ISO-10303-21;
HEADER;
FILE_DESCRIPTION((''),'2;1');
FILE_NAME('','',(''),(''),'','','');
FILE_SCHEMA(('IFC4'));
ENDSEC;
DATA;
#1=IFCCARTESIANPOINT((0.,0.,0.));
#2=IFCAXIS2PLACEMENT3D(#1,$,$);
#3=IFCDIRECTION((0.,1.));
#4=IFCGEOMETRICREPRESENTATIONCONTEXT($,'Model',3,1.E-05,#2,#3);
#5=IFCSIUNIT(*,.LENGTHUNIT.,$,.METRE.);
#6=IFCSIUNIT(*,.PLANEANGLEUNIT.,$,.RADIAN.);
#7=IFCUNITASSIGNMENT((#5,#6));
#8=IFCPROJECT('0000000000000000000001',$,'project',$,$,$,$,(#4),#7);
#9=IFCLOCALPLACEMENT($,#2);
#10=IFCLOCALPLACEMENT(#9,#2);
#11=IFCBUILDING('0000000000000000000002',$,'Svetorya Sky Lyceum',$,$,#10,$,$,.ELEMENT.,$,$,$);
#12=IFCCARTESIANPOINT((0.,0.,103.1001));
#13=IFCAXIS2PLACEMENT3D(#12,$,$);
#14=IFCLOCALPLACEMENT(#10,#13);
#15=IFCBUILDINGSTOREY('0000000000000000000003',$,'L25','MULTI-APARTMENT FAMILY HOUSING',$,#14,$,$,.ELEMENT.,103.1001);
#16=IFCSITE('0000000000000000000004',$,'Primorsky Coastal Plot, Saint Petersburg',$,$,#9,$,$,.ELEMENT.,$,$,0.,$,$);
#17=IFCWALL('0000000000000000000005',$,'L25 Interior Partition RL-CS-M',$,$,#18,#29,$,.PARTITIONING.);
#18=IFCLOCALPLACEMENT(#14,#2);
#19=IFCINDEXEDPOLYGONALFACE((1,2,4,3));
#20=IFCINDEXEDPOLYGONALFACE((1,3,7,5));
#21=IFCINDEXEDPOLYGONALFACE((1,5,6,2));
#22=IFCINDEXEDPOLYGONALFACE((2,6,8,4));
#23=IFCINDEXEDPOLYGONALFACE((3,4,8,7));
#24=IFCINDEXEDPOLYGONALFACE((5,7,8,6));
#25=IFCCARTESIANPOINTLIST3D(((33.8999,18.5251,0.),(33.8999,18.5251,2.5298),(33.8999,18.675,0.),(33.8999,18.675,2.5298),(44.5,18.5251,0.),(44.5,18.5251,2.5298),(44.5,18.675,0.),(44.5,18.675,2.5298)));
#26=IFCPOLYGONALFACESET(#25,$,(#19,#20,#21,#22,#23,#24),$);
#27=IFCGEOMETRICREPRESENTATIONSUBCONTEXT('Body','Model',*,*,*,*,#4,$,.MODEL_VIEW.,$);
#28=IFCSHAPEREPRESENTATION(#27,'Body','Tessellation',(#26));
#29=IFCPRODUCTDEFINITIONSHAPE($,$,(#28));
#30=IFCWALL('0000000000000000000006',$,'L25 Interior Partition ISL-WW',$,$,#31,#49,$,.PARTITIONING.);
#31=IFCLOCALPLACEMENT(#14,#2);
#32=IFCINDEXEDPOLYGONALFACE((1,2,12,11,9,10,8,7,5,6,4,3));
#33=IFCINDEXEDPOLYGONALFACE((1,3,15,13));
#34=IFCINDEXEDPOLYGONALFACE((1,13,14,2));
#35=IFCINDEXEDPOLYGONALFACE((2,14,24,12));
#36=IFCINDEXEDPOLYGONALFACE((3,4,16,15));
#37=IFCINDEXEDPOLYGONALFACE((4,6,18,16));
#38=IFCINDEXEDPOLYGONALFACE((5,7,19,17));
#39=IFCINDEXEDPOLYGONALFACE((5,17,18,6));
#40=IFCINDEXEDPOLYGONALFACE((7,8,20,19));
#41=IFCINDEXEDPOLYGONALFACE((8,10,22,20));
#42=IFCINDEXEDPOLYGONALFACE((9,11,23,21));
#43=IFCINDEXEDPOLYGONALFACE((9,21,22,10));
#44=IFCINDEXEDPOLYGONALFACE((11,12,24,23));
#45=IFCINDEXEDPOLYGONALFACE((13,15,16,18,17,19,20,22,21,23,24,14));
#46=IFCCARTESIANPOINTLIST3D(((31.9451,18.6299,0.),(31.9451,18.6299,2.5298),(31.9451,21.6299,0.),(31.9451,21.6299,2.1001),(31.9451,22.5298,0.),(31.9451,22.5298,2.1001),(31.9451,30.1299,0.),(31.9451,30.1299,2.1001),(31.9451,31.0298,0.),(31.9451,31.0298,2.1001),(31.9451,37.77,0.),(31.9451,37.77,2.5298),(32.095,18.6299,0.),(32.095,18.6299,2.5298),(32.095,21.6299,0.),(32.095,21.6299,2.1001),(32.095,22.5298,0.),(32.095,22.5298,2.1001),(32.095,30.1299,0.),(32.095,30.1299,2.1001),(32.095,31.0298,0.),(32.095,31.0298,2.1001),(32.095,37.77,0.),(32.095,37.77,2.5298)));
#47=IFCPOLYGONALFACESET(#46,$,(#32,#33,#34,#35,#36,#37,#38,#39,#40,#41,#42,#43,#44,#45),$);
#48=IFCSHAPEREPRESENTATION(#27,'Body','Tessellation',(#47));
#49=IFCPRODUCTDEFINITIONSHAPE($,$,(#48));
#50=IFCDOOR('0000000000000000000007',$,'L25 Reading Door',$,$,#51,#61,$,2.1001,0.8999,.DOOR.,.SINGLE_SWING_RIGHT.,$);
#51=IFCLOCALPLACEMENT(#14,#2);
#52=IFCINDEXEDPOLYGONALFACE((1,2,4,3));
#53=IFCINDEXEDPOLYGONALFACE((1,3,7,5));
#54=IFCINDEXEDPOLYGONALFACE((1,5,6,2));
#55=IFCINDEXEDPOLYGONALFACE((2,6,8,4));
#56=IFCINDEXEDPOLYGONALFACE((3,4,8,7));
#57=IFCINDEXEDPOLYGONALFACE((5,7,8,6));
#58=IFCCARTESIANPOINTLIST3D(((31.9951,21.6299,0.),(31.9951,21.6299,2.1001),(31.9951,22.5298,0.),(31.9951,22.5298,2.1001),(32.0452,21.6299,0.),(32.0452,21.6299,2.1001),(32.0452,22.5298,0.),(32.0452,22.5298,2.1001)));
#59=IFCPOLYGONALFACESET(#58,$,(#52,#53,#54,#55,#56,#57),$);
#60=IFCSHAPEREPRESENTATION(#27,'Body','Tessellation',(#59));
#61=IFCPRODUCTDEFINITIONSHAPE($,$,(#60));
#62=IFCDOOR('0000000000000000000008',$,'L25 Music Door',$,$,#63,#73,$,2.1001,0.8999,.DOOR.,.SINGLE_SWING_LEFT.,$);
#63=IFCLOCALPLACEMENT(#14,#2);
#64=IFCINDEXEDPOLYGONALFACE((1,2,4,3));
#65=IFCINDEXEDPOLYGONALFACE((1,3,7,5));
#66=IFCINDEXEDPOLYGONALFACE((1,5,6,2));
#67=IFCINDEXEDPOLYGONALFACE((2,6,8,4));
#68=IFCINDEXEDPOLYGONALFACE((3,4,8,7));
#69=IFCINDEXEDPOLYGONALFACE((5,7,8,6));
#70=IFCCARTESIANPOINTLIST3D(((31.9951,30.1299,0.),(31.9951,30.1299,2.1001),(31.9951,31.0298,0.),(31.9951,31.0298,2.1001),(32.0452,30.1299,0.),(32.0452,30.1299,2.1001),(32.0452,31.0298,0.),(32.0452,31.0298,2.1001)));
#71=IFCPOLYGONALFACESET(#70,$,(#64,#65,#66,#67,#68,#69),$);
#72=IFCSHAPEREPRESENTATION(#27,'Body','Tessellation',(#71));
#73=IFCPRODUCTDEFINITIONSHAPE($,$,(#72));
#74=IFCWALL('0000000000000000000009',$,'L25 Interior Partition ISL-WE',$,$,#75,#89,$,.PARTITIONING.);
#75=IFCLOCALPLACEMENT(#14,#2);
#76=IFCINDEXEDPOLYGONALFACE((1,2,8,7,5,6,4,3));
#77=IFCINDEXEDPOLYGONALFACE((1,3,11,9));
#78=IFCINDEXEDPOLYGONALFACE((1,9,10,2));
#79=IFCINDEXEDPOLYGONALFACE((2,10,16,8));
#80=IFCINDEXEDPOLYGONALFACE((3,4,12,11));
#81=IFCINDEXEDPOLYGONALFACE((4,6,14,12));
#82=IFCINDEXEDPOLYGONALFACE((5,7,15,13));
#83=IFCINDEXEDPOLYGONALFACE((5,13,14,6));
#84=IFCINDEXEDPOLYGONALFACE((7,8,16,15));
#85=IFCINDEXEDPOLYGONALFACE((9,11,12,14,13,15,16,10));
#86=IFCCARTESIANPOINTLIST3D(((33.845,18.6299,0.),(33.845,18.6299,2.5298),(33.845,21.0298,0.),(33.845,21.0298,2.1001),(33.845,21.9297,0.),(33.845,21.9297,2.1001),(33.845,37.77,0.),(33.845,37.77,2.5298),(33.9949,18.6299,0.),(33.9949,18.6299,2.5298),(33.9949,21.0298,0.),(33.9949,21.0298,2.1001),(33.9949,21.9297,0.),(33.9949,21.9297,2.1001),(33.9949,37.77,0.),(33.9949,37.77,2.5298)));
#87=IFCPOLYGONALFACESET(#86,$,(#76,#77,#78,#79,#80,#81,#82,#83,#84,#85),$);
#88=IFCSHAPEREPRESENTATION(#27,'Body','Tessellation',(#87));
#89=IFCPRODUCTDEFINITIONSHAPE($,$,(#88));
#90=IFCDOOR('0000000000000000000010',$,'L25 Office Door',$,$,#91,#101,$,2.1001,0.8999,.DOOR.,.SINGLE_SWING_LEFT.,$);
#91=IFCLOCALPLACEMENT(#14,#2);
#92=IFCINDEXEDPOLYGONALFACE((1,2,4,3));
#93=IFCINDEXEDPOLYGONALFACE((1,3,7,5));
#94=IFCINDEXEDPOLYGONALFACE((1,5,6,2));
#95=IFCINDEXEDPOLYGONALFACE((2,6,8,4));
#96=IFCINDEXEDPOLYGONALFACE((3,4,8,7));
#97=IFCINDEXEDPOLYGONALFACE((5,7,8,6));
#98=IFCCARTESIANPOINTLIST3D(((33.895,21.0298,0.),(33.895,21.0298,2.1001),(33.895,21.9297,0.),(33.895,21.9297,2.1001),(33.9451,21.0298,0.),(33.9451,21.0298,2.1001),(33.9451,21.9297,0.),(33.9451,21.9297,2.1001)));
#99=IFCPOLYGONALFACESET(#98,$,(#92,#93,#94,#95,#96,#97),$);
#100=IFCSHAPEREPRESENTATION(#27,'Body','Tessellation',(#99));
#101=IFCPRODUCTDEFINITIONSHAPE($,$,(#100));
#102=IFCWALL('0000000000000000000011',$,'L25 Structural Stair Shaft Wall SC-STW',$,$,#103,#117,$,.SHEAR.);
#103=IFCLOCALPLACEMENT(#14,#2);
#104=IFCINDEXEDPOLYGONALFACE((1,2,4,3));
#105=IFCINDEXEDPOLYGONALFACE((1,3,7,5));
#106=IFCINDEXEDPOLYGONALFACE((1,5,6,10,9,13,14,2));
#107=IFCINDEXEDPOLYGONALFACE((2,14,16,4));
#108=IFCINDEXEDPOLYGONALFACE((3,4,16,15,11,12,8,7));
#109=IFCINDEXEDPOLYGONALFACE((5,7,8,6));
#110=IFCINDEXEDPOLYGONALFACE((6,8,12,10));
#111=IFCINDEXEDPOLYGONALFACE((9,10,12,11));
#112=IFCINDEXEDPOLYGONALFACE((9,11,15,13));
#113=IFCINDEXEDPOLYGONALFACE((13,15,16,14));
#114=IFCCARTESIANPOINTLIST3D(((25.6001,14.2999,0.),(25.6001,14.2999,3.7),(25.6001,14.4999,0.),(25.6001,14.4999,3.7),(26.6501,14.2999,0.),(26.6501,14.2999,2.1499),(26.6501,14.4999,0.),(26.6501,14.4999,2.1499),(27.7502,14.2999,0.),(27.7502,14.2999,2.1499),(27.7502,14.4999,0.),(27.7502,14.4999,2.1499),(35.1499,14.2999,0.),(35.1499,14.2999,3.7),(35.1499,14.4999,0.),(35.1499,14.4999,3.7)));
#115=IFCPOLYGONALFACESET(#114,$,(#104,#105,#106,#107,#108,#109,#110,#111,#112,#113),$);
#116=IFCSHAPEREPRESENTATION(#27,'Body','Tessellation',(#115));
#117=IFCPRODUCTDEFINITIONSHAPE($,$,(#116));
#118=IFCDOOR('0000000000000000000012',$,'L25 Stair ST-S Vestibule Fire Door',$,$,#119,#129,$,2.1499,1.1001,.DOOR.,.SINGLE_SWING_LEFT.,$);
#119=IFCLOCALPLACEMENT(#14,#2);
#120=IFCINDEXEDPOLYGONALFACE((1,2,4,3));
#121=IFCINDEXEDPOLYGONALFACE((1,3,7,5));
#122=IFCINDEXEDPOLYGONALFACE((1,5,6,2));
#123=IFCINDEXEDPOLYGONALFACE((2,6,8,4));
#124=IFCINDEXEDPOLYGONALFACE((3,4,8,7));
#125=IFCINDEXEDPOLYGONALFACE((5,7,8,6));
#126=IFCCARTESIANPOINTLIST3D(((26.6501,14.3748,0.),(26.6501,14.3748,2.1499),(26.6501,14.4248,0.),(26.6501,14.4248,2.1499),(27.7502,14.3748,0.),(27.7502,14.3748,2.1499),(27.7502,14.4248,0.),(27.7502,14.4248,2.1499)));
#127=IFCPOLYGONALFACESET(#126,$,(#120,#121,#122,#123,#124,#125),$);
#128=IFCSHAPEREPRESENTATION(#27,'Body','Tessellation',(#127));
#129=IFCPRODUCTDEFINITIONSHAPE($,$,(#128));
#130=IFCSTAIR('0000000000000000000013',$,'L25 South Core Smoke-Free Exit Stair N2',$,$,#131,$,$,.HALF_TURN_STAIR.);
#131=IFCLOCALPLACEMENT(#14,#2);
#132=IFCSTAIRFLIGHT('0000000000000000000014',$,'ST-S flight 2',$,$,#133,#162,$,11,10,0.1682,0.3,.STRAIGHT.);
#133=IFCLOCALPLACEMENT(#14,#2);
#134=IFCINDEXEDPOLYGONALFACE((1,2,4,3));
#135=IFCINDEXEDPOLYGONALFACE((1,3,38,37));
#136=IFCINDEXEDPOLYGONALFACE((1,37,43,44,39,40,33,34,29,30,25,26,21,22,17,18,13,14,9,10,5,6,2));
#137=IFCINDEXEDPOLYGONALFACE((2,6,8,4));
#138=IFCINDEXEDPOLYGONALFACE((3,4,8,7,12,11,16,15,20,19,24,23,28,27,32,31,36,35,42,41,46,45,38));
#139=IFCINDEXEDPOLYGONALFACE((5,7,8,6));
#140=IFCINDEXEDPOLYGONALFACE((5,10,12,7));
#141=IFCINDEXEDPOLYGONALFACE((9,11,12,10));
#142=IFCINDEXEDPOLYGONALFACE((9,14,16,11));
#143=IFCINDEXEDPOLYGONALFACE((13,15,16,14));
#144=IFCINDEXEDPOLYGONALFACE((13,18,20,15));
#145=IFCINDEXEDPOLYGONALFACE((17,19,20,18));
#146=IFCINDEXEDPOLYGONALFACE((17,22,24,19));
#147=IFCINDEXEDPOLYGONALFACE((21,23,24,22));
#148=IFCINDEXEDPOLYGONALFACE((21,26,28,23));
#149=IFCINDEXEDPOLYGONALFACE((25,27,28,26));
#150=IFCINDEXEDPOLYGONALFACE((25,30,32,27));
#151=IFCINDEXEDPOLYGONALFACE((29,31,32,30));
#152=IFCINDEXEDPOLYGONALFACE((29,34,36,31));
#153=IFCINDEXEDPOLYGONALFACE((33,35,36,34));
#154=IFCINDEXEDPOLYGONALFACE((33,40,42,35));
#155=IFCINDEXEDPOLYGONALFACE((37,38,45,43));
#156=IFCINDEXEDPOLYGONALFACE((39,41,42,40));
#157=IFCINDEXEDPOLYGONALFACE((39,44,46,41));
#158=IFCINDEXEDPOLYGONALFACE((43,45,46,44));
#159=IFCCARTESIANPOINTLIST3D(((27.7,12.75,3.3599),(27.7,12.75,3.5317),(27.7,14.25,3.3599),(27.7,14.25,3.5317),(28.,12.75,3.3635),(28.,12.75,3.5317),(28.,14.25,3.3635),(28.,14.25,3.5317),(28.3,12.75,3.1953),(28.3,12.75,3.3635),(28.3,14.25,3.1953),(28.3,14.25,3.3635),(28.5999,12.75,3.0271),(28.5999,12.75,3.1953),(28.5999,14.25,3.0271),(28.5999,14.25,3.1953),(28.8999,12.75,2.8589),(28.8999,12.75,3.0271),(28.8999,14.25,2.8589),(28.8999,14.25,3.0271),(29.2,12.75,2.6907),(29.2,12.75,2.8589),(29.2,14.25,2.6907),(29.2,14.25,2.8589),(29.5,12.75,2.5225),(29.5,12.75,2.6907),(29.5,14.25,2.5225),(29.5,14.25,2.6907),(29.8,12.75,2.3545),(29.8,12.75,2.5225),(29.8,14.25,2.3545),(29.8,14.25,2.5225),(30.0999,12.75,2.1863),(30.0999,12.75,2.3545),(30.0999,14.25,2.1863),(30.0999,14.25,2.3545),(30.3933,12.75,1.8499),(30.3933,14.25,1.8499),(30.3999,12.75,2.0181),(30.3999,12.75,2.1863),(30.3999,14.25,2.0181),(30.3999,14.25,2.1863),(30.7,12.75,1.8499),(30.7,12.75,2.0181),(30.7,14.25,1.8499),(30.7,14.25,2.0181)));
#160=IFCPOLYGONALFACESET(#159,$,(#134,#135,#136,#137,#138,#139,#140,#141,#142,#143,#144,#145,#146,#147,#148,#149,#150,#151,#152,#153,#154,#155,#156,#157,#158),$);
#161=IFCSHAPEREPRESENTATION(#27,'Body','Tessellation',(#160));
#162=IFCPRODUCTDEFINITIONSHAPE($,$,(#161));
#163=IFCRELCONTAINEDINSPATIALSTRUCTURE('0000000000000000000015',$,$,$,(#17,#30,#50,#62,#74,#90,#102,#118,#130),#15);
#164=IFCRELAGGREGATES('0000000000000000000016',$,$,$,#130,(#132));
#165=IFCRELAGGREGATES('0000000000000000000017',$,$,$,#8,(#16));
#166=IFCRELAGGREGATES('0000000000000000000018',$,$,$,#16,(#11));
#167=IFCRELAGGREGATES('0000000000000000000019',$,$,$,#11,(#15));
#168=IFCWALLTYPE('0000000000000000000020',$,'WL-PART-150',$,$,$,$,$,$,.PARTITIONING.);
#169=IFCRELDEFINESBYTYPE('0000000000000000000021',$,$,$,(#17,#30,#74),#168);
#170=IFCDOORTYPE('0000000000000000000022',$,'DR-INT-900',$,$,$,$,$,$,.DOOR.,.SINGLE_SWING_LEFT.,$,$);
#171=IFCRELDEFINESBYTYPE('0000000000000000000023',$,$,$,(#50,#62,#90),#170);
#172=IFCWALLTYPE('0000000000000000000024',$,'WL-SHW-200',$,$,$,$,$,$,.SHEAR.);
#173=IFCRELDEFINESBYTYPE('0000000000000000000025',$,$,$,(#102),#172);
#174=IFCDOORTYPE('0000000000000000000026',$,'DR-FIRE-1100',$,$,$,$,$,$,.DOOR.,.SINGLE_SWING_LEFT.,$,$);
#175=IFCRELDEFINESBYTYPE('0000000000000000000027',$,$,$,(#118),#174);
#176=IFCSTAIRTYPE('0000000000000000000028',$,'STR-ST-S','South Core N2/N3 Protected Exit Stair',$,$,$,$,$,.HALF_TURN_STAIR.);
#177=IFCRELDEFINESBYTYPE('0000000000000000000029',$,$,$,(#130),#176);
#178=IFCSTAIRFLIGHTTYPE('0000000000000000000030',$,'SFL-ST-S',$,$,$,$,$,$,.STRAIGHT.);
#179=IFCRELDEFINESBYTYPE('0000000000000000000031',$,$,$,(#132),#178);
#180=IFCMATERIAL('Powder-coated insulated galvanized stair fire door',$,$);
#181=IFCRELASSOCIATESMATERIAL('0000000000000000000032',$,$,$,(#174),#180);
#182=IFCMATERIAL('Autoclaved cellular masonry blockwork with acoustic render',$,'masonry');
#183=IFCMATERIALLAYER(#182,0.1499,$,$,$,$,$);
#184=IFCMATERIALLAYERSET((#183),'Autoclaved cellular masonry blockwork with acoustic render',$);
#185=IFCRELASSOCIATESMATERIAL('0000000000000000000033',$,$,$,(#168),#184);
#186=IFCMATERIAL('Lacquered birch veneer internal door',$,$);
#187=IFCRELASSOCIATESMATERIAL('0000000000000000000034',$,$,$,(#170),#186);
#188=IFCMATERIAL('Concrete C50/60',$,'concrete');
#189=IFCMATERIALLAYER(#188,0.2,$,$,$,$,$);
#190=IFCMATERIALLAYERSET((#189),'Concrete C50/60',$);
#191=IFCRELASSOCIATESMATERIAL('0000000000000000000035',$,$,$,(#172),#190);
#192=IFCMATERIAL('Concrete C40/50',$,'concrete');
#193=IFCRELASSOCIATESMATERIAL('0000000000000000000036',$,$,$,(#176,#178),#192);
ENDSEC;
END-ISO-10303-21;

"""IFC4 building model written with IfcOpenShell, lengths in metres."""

from ifc_helpers import new_model, si_unit, direction, frame, frame_2d, origin, place, context, subcontext, project, spatial, polyline, rectangle, outline, extrude, material, layer, layer_set, type_object, element, fill, aggregate, save


model = new_model("IFC4")

# Units and contexts
model_context = context("Model", 3, precision=1e-05, world=origin(), true_north=direction((0.0, 1.0)))
body_context = subcontext(model_context, "Body", "Model", "MODEL_VIEW")
ifc_project = project(units=[si_unit("LENGTHUNIT", "METRE"), si_unit("PLANEANGLEUNIT", "RADIAN")], contexts=[model_context])

# Site, building, storey
site_placement = place(None, origin())
site = spatial("IfcSite", under=ifc_project, at=site_placement, Name="Primorsky Coastal Plot, Saint Petersburg", CompositionType="ELEMENT", RefElevation=0.0)
building_placement = place(site_placement, origin())
building = spatial("IfcBuilding", under=site, at=building_placement, Name="Svetorya Sky Lyceum", CompositionType="ELEMENT")
storey_placement = place(building_placement, frame((0.0, 0.0, 103.1001)))
storey = spatial("IfcBuildingStorey", under=building, at=storey_placement, Name="L25", Description="MULTI-APARTMENT FAMILY HOUSING", CompositionType="ELEMENT", Elevation=103.1001)

# Shared definitions
ifc_material_1 = material(Name="Concrete C50/60", Category="concrete")

# Shared definitions
ifc_material_2 = material(Name="Powder-coated insulated galvanized stair fire door")
door_type_1 = type_object("IfcDoorType", Name="DR-FIRE-1100", OperationType="SINGLE_SWING_LEFT", PredefinedType="DOOR", material=ifc_material_2)

# Shared definitions
ifc_material_3 = material(Name="Autoclaved cellular masonry blockwork with acoustic render", Category="masonry")
ifc_layer_1 = layer(ifc_material_3, 0.1499)
ifc_layer_set_1 = layer_set([ifc_layer_1], Name="Autoclaved cellular masonry blockwork with acoustic render")
wall_type_1 = type_object("IfcWallType", Name="WL-PART-150", PredefinedType="PARTITIONING", material=ifc_layer_set_1)

# Wall
wall_1_placement = place(storey_placement, frame((33.8999, 18.6001, 0.0), z_axis=(0.0, 0.0, 1.0), x_axis=(1.0, 0.0, 0.0)))
element("IfcWall", 1, at=wall_1_placement, inside=storey, type_object=wall_type_1, Name="L25 Interior Partition RL-CS-M", PredefinedType="PARTITIONING", context=body_context, shape_type="SweptSolid", body=[
    extrude(rectangle(XDim=10.6001, YDim=0.1499, at=frame_2d((5.3, 0.0))), origin(), (0.0, 0.0, 1.0), 2.5298),
])

# Wall, openings, doors
wall_2_placement = place(storey_placement, frame((32.02, 18.6299, 0.0), z_axis=(0.0, 0.0, 1.0), x_axis=(0.0, 1.0, 0.0)))
wall_2 = element("IfcWall", 2, at=wall_2_placement, inside=storey, type_object=wall_type_1, Name="L25 Interior Partition ISL-WW", PredefinedType="PARTITIONING", context=body_context, shape_type="SweptSolid", body=[
    extrude(rectangle(XDim=19.1401, YDim=0.1499, at=frame_2d((9.5701, 0.0))), origin(), (0.0, 0.0, 1.0), 2.5298),
])
opening_1_placement = place(wall_2_placement, frame((3.0, 0.0, 0.0)))
opening_1 = element("IfcOpeningElement", 3, at=opening_1_placement, cuts=wall_2, PredefinedType="OPENING", context=body_context, shape_type="SweptSolid", body=[
    extrude(rectangle(XDim=0.8999, YDim=2.1001, at=frame_2d((0.45, 1.05))), frame((0.0, 0.085, 0.0), z_axis=(0.0, -1.0, 0.0), x_axis=(1.0, 0.0, 0.0)), (0.0, 0.0, 1.0), 0.1699),
])
opening_2_placement = place(wall_2_placement, frame((11.5, 0.0, 0.0)))
opening_2 = element("IfcOpeningElement", 4, at=opening_2_placement, cuts=wall_2, PredefinedType="OPENING", context=body_context, shape_type="SweptSolid", body=[
    extrude(rectangle(XDim=0.8999, YDim=2.1001, at=frame_2d((0.45, 1.05))), frame((0.0, 0.085, 0.0), z_axis=(0.0, -1.0, 0.0), x_axis=(1.0, 0.0, 0.0)), (0.0, 0.0, 1.0), 0.1699),
])
ifc_material_4 = material(Name="Lacquered birch veneer internal door")
door_type_2 = type_object("IfcDoorType", Name="DR-INT-900", OperationType="SINGLE_SWING_LEFT", PredefinedType="DOOR", material=ifc_material_4)
door_1_placement = place(opening_1_placement, origin())
door_1 = element("IfcDoor", 5, at=door_1_placement, inside=storey, type_object=door_type_2, Name="L25 Reading Door", OperationType="SINGLE_SWING_RIGHT", OverallHeight=2.1001, OverallWidth=0.8999, PredefinedType="DOOR", context=body_context, shape_type="SweptSolid", body=[
    extrude(rectangle(XDim=0.8999, YDim=2.1001, at=frame_2d((0.45, 1.05))), frame((0.0, 0.0249, 0.0), z_axis=(0.0, -1.0, 0.0), x_axis=(1.0, 0.0, 0.0)), (0.0, 0.0, 1.0), 0.05),
])
fill(opening_1, door_1)
door_2_placement = place(opening_2_placement, origin())
door_2 = element("IfcDoor", 6, at=door_2_placement, inside=storey, type_object=door_type_2, Name="L25 Music Door", OperationType="SINGLE_SWING_LEFT", OverallHeight=2.1001, OverallWidth=0.8999, PredefinedType="DOOR", context=body_context, shape_type="SweptSolid", body=[
    extrude(rectangle(XDim=0.8999, YDim=2.1001, at=frame_2d((0.45, 1.05))), frame((0.0, 0.0249, 0.0), z_axis=(0.0, -1.0, 0.0), x_axis=(1.0, 0.0, 0.0)), (0.0, 0.0, 1.0), 0.05),
])
fill(opening_2, door_2)

# Walls, openings, doors
wall_3_placement = place(storey_placement, frame((33.9199, 18.6299, 0.0), z_axis=(0.0, 0.0, 1.0), x_axis=(0.0, 1.0, 0.0)))
wall_3 = element("IfcWall", 7, at=wall_3_placement, inside=storey, type_object=wall_type_1, Name="L25 Interior Partition ISL-WE", PredefinedType="PARTITIONING", context=body_context, shape_type="SweptSolid", body=[
    extrude(rectangle(XDim=19.1401, YDim=0.1499, at=frame_2d((9.5701, 0.0))), origin(), (0.0, 0.0, 1.0), 2.5298),
])
opening_3_placement = place(wall_3_placement, frame((2.3999, 0.0, 0.0)))
opening_3 = element("IfcOpeningElement", 8, at=opening_3_placement, cuts=wall_3, PredefinedType="OPENING", context=body_context, shape_type="SweptSolid", body=[
    extrude(rectangle(XDim=0.8999, YDim=2.1001, at=frame_2d((0.45, 1.05))), frame((0.0, 0.085, 0.0), z_axis=(0.0, -1.0, 0.0), x_axis=(1.0, 0.0, 0.0)), (0.0, 0.0, 1.0), 0.1699),
])
door_3_placement = place(opening_3_placement, origin())
door_3 = element("IfcDoor", 9, at=door_3_placement, inside=storey, type_object=door_type_2, Name="L25 Office Door", OperationType="SINGLE_SWING_LEFT", OverallHeight=2.1001, OverallWidth=0.8999, PredefinedType="DOOR", context=body_context, shape_type="SweptSolid", body=[
    extrude(rectangle(XDim=0.8999, YDim=2.1001, at=frame_2d((0.45, 1.05))), frame((0.0, 0.0249, 0.0), z_axis=(0.0, -1.0, 0.0), x_axis=(1.0, 0.0, 0.0)), (0.0, 0.0, 1.0), 0.05),
])
fill(opening_3, door_3)
ifc_layer_2 = layer(ifc_material_1, 0.2)
ifc_layer_set_2 = layer_set([ifc_layer_2], Name="Concrete C50/60")
wall_type_2 = type_object("IfcWallType", Name="WL-SHW-200", PredefinedType="SHEAR", material=ifc_layer_set_2)
wall_4_placement = place(storey_placement, frame((25.6001, 14.3999, 0.0), z_axis=(0.0, 0.0, 1.0), x_axis=(1.0, 0.0, 0.0)))
wall_4 = element("IfcWall", 10, at=wall_4_placement, inside=storey, type_object=wall_type_2, Name="L25 Structural Stair Shaft Wall SC-STW", PredefinedType="SHEAR", context=body_context, shape_type="SweptSolid", body=[
    extrude(rectangle(XDim=9.5498, YDim=0.2, at=frame_2d((4.7749, 0.0))), origin(), (0.0, 0.0, 1.0), 3.7),
])
opening_4_placement = place(wall_4_placement, frame((1.05, 0.0, 0.0)))
opening_4 = element("IfcOpeningElement", 11, at=opening_4_placement, cuts=wall_4, PredefinedType="OPENING", context=body_context, shape_type="SweptSolid", body=[
    extrude(rectangle(XDim=1.1001, YDim=2.1499, at=frame_2d((0.55, 1.075))), frame((0.0, 0.1099, 0.0), z_axis=(0.0, -1.0, 0.0), x_axis=(1.0, 0.0, 0.0)), (0.0, 0.0, 1.0), 0.22),
])
door_4_placement = place(opening_4_placement, origin())
door_4 = element("IfcDoor", 12, at=door_4_placement, inside=storey, type_object=door_type_1, Name="L25 Stair ST-S Vestibule Fire Door", OperationType="SINGLE_SWING_LEFT", OverallHeight=2.1499, OverallWidth=1.1001, PredefinedType="DOOR", context=body_context, shape_type="SweptSolid", body=[
    extrude(rectangle(XDim=1.1001, YDim=2.1499, at=frame_2d((0.55, 1.075))), frame((0.0, 0.0249, 0.0), z_axis=(0.0, -1.0, 0.0), x_axis=(1.0, 0.0, 0.0)), (0.0, 0.0, 1.0), 0.05),
])
fill(opening_4, door_4)

# Stair, stair flight
ifc_material_5 = material(Name="Concrete C40/50", Category="concrete")
stair_type = type_object("IfcStairType", Name="STR-ST-S", Description="South Core N2/N3 Protected Exit Stair", PredefinedType="HALF_TURN_STAIR", material=ifc_material_5)
stair_placement = place(storey_placement, origin())
stair = element("IfcStair", 13, at=stair_placement, inside=storey, type_object=stair_type, Name="L25 South Core Smoke-Free Exit Stair N2", PredefinedType="HALF_TURN_STAIR")
stair_flight_type = type_object("IfcStairFlightType", Name="SFL-ST-S", PredefinedType="STRAIGHT", material=ifc_material_5)
stair_flight_placement = place(storey_placement, frame((30.7, 13.5, 1.8499), z_axis=(0.0, 0.0, 1.0), x_axis=(-1.0, 0.0, 0.0)))
stair_flight = element("IfcStairFlight", 14, at=stair_flight_placement, type_object=stair_flight_type, Name="ST-S flight 2", NumberOfRisers=11, NumberOfTreads=10, PredefinedType="STRAIGHT", RiserHeight=0.1682, TreadLength=0.3, context=body_context, shape_type="SweptSolid", body=[
    extrude(outline(polyline([(0.0, 0.0), (0.0, 0.1682), (0.3, 0.1682), (0.3, 0.3364), (0.6001, 0.3364), (0.6001, 0.5046), (0.8999, 0.5046), (0.8999, 0.6726), (1.2, 0.6726), (1.2, 0.8408), (1.5, 0.8408), (1.5, 1.009), (1.8, 1.009), (1.8, 1.1772), (2.1001, 1.1772), (2.1001, 1.3455), (2.3999, 1.3455), (2.3999, 1.5137), (2.7, 1.5137), (2.7, 1.6819), (3.0, 1.6819), (3.0, 1.8501), (3.0, 1.51), (0.3066, 0.0), (0.0, 0.0)])), frame((0.0, 0.75, 0.0), z_axis=(0.0, -1.0, 0.0), x_axis=(1.0, 0.0, 0.0)), (0.0, 0.0, 1.0), 1.5),
])
aggregate(stair, [stair_flight])

save(model, "model.ifc")
